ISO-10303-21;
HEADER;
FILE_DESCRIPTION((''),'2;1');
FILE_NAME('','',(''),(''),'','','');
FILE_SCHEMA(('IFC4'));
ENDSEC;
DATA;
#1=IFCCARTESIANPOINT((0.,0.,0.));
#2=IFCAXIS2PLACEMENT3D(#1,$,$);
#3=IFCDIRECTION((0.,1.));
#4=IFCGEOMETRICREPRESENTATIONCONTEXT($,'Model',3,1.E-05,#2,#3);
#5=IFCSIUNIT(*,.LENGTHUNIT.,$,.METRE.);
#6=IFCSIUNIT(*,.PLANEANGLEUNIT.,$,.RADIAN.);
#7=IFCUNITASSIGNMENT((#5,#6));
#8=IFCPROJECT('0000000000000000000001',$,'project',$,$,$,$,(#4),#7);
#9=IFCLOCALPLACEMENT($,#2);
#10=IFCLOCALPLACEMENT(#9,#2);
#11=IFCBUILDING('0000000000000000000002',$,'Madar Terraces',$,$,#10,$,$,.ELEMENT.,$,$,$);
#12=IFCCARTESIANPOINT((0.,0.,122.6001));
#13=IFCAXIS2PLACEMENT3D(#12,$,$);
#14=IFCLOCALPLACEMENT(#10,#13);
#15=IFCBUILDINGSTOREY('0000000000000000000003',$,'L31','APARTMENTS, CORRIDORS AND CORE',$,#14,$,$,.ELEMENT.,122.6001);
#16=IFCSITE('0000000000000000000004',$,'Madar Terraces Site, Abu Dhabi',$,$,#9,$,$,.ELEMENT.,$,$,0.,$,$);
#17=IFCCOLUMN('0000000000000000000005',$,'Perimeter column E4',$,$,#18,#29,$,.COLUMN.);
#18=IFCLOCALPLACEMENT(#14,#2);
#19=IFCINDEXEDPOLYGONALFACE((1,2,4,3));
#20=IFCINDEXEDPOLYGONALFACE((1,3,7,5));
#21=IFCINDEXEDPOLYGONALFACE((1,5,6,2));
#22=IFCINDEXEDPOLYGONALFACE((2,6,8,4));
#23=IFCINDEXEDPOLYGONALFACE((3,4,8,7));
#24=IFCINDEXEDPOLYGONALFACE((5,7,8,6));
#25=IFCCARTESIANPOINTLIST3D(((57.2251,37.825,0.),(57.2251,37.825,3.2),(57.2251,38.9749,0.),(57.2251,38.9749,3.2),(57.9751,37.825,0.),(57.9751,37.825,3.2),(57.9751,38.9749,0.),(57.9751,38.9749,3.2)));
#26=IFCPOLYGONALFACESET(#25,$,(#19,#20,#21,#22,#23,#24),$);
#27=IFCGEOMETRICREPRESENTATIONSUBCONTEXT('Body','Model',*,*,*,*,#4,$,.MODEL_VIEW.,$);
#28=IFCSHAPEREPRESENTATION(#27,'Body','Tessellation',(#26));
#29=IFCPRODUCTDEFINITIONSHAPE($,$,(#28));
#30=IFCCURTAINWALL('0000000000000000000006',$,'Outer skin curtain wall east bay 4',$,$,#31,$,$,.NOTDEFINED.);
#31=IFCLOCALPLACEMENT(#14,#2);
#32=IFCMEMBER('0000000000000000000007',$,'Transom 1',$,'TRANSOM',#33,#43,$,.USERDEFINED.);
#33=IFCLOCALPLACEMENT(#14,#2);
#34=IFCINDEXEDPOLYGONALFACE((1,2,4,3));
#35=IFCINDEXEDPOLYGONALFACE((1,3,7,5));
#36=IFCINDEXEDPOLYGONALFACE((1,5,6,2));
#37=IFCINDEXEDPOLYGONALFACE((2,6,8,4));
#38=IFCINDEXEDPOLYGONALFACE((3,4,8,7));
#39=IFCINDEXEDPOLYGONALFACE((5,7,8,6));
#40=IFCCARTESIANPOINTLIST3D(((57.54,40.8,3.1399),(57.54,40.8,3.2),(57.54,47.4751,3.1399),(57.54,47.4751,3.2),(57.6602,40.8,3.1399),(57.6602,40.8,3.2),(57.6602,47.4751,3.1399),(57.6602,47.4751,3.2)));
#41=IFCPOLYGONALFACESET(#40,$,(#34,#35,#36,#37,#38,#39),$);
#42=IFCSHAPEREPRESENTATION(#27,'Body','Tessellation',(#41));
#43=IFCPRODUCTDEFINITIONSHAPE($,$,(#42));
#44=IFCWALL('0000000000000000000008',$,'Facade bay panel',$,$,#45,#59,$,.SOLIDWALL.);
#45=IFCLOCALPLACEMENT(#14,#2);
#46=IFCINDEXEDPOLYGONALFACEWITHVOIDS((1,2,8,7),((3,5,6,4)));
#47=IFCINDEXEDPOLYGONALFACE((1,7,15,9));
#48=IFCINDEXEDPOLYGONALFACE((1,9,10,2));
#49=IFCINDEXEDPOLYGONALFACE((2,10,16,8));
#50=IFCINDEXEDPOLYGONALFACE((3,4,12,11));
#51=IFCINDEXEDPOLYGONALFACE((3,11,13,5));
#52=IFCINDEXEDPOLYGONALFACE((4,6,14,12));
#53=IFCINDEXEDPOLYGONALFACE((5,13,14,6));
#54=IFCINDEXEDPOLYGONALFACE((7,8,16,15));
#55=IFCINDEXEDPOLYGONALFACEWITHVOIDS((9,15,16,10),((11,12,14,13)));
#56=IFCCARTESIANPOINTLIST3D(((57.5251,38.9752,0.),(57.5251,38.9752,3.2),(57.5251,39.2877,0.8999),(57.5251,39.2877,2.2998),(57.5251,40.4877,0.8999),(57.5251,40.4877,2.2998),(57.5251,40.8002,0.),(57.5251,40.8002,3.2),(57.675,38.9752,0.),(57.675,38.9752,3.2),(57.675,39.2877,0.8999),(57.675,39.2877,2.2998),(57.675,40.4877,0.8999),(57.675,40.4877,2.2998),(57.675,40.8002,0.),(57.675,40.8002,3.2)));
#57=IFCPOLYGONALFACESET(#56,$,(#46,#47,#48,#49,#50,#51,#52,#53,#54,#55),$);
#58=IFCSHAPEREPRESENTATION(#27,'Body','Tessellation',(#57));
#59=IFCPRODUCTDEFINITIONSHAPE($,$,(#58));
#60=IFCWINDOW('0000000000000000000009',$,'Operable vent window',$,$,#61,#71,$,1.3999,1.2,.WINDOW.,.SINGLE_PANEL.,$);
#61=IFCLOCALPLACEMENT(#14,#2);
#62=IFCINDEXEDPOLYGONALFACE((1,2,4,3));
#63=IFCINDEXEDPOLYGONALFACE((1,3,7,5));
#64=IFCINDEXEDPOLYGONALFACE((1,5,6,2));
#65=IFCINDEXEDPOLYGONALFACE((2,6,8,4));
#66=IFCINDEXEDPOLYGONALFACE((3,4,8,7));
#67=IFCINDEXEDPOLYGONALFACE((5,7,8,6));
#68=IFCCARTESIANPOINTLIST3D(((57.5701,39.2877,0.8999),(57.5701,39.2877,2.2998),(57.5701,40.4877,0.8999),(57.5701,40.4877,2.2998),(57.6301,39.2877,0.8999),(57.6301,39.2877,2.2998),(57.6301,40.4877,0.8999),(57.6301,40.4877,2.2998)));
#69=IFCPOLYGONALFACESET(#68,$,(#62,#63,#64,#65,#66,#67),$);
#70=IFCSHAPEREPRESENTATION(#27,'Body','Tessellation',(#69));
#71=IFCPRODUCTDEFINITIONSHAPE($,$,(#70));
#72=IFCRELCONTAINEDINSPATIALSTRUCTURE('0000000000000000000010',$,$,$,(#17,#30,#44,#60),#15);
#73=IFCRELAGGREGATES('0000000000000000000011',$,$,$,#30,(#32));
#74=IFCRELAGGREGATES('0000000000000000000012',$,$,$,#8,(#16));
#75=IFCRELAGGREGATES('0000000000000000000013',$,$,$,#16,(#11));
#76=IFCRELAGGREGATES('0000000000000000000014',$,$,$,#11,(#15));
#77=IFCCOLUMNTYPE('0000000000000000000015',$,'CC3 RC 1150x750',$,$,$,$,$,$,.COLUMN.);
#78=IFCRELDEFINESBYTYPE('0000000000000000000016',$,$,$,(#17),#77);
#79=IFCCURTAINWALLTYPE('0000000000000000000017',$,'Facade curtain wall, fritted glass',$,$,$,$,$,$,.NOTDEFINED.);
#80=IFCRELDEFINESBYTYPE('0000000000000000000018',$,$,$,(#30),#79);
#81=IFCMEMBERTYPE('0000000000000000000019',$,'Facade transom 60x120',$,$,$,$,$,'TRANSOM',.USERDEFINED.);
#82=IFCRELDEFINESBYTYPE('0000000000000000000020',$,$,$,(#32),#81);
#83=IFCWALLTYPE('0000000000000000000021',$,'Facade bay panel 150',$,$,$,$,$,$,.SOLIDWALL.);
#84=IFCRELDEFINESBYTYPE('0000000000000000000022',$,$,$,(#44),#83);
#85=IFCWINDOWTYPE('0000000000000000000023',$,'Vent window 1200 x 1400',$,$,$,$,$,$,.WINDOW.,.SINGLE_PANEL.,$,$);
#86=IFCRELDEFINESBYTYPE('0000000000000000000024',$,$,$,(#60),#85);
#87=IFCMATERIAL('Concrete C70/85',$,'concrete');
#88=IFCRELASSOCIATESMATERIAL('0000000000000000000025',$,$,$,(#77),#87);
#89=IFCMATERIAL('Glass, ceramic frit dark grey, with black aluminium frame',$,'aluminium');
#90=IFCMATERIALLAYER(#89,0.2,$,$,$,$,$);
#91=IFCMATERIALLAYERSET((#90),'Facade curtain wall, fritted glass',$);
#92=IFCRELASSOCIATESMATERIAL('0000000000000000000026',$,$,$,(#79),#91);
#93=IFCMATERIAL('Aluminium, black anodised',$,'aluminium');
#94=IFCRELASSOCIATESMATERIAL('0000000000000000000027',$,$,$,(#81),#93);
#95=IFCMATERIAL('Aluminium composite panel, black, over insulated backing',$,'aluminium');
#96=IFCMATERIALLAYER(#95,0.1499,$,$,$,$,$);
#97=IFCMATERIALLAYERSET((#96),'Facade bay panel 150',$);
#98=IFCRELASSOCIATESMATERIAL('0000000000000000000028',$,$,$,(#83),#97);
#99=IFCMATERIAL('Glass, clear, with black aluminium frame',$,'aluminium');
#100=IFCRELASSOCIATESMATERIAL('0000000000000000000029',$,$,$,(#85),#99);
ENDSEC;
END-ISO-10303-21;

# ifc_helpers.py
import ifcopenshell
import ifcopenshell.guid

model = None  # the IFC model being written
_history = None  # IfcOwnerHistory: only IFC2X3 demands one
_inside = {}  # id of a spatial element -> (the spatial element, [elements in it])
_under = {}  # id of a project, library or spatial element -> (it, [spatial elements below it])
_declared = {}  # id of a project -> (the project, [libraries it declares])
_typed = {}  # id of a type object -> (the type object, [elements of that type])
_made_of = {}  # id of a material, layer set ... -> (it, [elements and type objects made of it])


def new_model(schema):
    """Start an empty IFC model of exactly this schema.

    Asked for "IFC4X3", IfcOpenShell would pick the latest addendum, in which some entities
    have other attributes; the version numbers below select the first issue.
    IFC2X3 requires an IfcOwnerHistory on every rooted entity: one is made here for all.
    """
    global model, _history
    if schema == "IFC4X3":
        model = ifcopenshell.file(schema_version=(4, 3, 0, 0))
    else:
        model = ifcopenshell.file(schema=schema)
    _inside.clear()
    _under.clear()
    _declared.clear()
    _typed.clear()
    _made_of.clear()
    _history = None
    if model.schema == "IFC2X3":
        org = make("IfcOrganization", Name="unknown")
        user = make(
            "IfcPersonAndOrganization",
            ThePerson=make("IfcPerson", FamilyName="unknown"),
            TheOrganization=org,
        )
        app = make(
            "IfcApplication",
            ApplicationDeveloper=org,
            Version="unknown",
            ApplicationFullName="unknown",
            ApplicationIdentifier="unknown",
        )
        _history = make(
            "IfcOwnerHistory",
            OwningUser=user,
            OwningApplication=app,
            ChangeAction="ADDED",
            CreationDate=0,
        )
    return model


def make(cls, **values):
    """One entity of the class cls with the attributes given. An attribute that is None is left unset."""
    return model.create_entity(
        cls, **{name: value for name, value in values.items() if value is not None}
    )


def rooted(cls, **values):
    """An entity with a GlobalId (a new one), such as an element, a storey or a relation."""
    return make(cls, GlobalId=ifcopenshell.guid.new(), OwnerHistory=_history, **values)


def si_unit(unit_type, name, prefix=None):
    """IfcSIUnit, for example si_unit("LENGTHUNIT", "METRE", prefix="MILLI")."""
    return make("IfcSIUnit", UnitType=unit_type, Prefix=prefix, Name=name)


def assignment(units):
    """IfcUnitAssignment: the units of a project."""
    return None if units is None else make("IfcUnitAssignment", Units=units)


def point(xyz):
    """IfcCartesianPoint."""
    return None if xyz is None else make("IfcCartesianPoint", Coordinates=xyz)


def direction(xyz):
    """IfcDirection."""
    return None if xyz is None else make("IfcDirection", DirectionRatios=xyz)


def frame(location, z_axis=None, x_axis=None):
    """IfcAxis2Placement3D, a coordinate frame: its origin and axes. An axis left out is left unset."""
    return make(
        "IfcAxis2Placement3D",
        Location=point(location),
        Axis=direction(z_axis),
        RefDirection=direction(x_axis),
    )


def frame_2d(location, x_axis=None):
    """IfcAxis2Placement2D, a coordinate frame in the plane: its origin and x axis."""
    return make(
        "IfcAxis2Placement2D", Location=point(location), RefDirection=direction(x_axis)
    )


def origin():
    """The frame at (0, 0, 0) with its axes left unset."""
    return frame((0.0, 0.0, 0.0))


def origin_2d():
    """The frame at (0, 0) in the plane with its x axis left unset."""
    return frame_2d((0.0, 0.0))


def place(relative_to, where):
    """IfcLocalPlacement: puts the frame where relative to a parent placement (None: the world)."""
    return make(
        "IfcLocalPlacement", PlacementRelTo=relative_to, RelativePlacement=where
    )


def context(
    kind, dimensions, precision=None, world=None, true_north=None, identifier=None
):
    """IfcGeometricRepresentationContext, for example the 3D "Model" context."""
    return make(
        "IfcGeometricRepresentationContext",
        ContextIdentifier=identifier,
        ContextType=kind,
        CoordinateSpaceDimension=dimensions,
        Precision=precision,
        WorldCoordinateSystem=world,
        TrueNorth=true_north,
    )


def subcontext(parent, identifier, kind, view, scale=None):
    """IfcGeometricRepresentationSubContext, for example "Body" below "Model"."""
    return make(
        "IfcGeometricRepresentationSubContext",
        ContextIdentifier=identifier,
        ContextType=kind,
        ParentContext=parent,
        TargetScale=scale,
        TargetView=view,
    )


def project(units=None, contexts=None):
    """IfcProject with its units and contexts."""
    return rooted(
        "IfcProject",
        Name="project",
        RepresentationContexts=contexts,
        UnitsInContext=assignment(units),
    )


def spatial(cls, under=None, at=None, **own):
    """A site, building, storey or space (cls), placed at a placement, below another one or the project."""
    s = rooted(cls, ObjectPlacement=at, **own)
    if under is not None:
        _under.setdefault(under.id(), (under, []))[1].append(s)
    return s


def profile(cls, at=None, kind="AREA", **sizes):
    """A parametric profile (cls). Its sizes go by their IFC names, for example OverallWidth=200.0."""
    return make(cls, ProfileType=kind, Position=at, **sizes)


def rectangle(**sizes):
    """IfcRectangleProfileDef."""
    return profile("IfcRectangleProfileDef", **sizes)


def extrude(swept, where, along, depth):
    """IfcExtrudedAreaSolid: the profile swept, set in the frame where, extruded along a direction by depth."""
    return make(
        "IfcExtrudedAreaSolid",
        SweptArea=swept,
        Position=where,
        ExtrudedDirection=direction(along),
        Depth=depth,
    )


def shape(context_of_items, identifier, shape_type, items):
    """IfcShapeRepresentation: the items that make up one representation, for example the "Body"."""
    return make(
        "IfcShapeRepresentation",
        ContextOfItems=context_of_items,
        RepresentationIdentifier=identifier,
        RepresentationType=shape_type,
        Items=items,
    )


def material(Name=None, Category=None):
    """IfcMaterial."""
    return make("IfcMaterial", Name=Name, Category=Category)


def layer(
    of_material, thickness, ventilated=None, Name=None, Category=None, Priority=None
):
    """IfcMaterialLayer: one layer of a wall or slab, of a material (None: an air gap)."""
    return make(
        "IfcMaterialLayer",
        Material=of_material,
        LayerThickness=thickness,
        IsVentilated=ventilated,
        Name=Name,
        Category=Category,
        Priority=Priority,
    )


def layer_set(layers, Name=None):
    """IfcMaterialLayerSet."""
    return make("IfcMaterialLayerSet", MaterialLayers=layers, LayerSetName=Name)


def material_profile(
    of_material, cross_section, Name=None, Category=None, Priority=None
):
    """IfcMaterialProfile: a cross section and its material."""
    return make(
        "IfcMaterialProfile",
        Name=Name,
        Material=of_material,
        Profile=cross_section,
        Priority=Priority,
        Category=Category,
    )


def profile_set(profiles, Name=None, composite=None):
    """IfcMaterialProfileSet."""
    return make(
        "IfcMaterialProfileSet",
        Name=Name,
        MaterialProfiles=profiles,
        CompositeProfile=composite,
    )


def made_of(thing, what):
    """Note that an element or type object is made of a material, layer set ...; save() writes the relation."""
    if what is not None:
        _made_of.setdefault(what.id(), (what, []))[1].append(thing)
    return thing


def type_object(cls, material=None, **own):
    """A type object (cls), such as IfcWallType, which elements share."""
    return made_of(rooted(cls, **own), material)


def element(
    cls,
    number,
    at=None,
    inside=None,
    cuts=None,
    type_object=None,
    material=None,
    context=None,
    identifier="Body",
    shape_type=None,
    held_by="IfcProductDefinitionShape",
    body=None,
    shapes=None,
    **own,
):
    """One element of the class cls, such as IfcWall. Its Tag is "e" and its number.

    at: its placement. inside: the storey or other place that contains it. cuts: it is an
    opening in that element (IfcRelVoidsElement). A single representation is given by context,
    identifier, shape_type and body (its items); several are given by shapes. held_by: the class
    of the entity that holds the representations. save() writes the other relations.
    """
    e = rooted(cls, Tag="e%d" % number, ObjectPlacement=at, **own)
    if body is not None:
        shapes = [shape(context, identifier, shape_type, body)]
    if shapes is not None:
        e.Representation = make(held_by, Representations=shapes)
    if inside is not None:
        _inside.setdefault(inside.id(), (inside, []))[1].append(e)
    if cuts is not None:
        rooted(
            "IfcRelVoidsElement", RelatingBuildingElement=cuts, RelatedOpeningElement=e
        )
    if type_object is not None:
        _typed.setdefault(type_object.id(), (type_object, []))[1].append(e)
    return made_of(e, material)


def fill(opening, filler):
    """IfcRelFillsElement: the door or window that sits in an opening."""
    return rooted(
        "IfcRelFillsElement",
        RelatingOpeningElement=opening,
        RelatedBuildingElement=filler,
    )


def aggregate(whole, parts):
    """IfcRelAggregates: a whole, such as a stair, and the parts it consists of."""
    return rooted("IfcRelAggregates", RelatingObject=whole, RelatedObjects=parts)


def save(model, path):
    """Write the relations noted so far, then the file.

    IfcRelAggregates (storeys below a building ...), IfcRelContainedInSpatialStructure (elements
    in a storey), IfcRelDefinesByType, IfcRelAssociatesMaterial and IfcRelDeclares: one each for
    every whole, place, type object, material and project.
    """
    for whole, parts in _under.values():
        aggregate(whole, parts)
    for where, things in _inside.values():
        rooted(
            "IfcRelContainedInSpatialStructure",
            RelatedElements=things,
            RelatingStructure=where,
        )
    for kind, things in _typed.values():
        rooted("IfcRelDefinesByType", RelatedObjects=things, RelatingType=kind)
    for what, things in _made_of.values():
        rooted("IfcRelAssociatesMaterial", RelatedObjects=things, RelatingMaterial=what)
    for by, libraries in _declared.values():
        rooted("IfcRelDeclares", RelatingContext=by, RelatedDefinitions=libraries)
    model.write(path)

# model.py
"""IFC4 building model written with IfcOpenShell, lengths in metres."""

from ifc_helpers import new_model, si_unit, direction, frame, frame_2d, origin, origin_2d, place, context, subcontext, project, spatial, rectangle, extrude, material, layer, layer_set, material_profile, profile_set, type_object, element, fill, aggregate, save


model = new_model("IFC4")

# Units and contexts
model_context = context("Model", 3, precision=1e-05, world=origin(), true_north=direction((0.0, 1.0)))
body_context = subcontext(model_context, "Body", "Model", "MODEL_VIEW")
ifc_project = project(units=[si_unit("LENGTHUNIT", "METRE"), si_unit("PLANEANGLEUNIT", "RADIAN")], contexts=[model_context])

# Site, building, storey
site_placement = place(None, origin())
site = spatial("IfcSite", under=ifc_project, at=site_placement, Name="Madar Terraces Site, Abu Dhabi", CompositionType="ELEMENT", RefElevation=0.0)
building_placement = place(site_placement, origin())
building = spatial("IfcBuilding", under=site, at=building_placement, Name="Madar Terraces", CompositionType="ELEMENT")
storey_placement = place(building_placement, frame((0.0, 0.0, 122.6001)))
storey = spatial("IfcBuildingStorey", under=building, at=storey_placement, Name="L31", Description="APARTMENTS, CORRIDORS AND CORE", CompositionType="ELEMENT", Elevation=122.6001)

# Column
ifc_material_1 = material(Name="Concrete C70/85", Category="concrete")
ifc_material_profile_1 = material_profile(ifc_material_1, rectangle(XDim=1.1499, YDim=0.75, at=origin_2d()), Name="CC3 RC 1150x750")
ifc_profile_set_1 = profile_set([ifc_material_profile_1], Name="Concrete C70/85")
column_type = type_object("IfcColumnType", Name="CC3 RC 1150x750", PredefinedType="COLUMN", material=ifc_profile_set_1)
column_placement = place(storey_placement, frame((57.6001, 38.3999, 0.0), z_axis=(0.0, 0.0, 1.0), x_axis=(0.0, 1.0, 0.0)))
element("IfcColumn", 1, at=column_placement, inside=storey, type_object=column_type, Name="Perimeter column E4", PredefinedType="COLUMN", context=body_context, shape_type="SweptSolid", body=[
    extrude(rectangle(XDim=1.1499, YDim=0.75, at=origin_2d()), origin(), (0.0, 0.0, 1.0), 3.2),
])

# Curtain wall, member
ifc_material_2 = material(Name="Glass, ceramic frit dark grey, with black aluminium frame", Category="aluminium")
ifc_layer_1 = layer(ifc_material_2, 0.2)
ifc_layer_set_1 = layer_set([ifc_layer_1], Name="Facade curtain wall, fritted glass")
curtain_wall_type = type_object("IfcCurtainWallType", Name="Facade curtain wall, fritted glass", PredefinedType="NOTDEFINED", material=ifc_layer_set_1)
curtain_wall_placement = place(storey_placement, origin())
curtain_wall = element("IfcCurtainWall", 2, at=curtain_wall_placement, inside=storey, type_object=curtain_wall_type, Name="Outer skin curtain wall east bay 4", PredefinedType="NOTDEFINED")
ifc_material_3 = material(Name="Aluminium, black anodised", Category="aluminium")
ifc_material_profile_2 = material_profile(ifc_material_3, rectangle(XDim=0.1201, YDim=0.0601, at=origin_2d()), Name="Facade transom 60x120")
ifc_profile_set_2 = profile_set([ifc_material_profile_2], Name="Aluminium, black anodised")
member_type = type_object("IfcMemberType", Name="Facade transom 60x120", ElementType="TRANSOM", PredefinedType="USERDEFINED", material=ifc_profile_set_2)
member_placement = place(storey_placement, frame((57.6001, 40.8, 3.1699), z_axis=(0.0, 1.0, 0.0), x_axis=(-1.0, 0.0, 0.0)))
member = element("IfcMember", 3, at=member_placement, type_object=member_type, Name="Transom 1", ObjectType="TRANSOM", PredefinedType="USERDEFINED", context=body_context, shape_type="SweptSolid", body=[
    extrude(rectangle(XDim=0.1201, YDim=0.0601, at=origin_2d()), origin(), (0.0, 0.0, 1.0), 6.675),
])
aggregate(curtain_wall, [member])

# Wall, opening, window
ifc_material_4 = material(Name="Aluminium composite panel, black, over insulated backing", Category="aluminium")
ifc_layer_2 = layer(ifc_material_4, 0.1499)
ifc_layer_set_2 = layer_set([ifc_layer_2], Name="Facade bay panel 150")
wall_type_1 = type_object("IfcWallType", Name="Facade bay panel 150", PredefinedType="SOLIDWALL", material=ifc_layer_set_2)
wall_1_placement = place(storey_placement, frame((57.6001, 38.9751, 0.0), z_axis=(0.0, 0.0, 1.0), x_axis=(0.0, 1.0, 0.0)))
wall_1 = element("IfcWall", 4, at=wall_1_placement, inside=storey, type_object=wall_type_1, Name="Facade bay panel", PredefinedType="SOLIDWALL", context=body_context, shape_type="SweptSolid", body=[
    extrude(rectangle(XDim=1.825, YDim=0.1499, at=frame_2d((0.9126, 0.0))), origin(), (0.0, 0.0, 1.0), 3.2),
])
opening_1_placement = place(wall_1_placement, frame((0.3125, 0.0, 0.8999)))
opening_1 = element("IfcOpeningElement", 5, at=opening_1_placement, cuts=wall_1, PredefinedType="OPENING", context=body_context, shape_type="SweptSolid", body=[
    extrude(rectangle(XDim=1.2, YDim=1.3999, at=frame_2d((0.6001, 0.7))), frame((0.0, 0.085, 0.0), z_axis=(0.0, -1.0, 0.0), x_axis=(1.0, 0.0, 0.0)), (0.0, 0.0, 1.0), 0.1699),
])
ifc_material_5 = material(Name="Glass, clear, with black aluminium frame", Category="aluminium")
window_type = type_object("IfcWindowType", Name="Vent window 1200 x 1400", PartitioningType="SINGLE_PANEL", PredefinedType="WINDOW", material=ifc_material_5)
window_placement = place(opening_1_placement, origin())
window = element("IfcWindow", 6, at=window_placement, inside=storey, type_object=window_type, Name="Operable vent window", OverallHeight=1.3999, OverallWidth=1.2, PartitioningType="SINGLE_PANEL", PredefinedType="WINDOW", context=body_context, shape_type="SweptSolid", body=[
    extrude(rectangle(XDim=1.2, YDim=1.3999, at=frame_2d((0.6001, 0.7))), frame((0.0, 0.03, 0.0), z_axis=(0.0, -1.0, 0.0), x_axis=(1.0, 0.0, 0.0)), (0.0, 0.0, 1.0), 0.0601),
])
fill(opening_1, window)

save(model, "model.ifc")
